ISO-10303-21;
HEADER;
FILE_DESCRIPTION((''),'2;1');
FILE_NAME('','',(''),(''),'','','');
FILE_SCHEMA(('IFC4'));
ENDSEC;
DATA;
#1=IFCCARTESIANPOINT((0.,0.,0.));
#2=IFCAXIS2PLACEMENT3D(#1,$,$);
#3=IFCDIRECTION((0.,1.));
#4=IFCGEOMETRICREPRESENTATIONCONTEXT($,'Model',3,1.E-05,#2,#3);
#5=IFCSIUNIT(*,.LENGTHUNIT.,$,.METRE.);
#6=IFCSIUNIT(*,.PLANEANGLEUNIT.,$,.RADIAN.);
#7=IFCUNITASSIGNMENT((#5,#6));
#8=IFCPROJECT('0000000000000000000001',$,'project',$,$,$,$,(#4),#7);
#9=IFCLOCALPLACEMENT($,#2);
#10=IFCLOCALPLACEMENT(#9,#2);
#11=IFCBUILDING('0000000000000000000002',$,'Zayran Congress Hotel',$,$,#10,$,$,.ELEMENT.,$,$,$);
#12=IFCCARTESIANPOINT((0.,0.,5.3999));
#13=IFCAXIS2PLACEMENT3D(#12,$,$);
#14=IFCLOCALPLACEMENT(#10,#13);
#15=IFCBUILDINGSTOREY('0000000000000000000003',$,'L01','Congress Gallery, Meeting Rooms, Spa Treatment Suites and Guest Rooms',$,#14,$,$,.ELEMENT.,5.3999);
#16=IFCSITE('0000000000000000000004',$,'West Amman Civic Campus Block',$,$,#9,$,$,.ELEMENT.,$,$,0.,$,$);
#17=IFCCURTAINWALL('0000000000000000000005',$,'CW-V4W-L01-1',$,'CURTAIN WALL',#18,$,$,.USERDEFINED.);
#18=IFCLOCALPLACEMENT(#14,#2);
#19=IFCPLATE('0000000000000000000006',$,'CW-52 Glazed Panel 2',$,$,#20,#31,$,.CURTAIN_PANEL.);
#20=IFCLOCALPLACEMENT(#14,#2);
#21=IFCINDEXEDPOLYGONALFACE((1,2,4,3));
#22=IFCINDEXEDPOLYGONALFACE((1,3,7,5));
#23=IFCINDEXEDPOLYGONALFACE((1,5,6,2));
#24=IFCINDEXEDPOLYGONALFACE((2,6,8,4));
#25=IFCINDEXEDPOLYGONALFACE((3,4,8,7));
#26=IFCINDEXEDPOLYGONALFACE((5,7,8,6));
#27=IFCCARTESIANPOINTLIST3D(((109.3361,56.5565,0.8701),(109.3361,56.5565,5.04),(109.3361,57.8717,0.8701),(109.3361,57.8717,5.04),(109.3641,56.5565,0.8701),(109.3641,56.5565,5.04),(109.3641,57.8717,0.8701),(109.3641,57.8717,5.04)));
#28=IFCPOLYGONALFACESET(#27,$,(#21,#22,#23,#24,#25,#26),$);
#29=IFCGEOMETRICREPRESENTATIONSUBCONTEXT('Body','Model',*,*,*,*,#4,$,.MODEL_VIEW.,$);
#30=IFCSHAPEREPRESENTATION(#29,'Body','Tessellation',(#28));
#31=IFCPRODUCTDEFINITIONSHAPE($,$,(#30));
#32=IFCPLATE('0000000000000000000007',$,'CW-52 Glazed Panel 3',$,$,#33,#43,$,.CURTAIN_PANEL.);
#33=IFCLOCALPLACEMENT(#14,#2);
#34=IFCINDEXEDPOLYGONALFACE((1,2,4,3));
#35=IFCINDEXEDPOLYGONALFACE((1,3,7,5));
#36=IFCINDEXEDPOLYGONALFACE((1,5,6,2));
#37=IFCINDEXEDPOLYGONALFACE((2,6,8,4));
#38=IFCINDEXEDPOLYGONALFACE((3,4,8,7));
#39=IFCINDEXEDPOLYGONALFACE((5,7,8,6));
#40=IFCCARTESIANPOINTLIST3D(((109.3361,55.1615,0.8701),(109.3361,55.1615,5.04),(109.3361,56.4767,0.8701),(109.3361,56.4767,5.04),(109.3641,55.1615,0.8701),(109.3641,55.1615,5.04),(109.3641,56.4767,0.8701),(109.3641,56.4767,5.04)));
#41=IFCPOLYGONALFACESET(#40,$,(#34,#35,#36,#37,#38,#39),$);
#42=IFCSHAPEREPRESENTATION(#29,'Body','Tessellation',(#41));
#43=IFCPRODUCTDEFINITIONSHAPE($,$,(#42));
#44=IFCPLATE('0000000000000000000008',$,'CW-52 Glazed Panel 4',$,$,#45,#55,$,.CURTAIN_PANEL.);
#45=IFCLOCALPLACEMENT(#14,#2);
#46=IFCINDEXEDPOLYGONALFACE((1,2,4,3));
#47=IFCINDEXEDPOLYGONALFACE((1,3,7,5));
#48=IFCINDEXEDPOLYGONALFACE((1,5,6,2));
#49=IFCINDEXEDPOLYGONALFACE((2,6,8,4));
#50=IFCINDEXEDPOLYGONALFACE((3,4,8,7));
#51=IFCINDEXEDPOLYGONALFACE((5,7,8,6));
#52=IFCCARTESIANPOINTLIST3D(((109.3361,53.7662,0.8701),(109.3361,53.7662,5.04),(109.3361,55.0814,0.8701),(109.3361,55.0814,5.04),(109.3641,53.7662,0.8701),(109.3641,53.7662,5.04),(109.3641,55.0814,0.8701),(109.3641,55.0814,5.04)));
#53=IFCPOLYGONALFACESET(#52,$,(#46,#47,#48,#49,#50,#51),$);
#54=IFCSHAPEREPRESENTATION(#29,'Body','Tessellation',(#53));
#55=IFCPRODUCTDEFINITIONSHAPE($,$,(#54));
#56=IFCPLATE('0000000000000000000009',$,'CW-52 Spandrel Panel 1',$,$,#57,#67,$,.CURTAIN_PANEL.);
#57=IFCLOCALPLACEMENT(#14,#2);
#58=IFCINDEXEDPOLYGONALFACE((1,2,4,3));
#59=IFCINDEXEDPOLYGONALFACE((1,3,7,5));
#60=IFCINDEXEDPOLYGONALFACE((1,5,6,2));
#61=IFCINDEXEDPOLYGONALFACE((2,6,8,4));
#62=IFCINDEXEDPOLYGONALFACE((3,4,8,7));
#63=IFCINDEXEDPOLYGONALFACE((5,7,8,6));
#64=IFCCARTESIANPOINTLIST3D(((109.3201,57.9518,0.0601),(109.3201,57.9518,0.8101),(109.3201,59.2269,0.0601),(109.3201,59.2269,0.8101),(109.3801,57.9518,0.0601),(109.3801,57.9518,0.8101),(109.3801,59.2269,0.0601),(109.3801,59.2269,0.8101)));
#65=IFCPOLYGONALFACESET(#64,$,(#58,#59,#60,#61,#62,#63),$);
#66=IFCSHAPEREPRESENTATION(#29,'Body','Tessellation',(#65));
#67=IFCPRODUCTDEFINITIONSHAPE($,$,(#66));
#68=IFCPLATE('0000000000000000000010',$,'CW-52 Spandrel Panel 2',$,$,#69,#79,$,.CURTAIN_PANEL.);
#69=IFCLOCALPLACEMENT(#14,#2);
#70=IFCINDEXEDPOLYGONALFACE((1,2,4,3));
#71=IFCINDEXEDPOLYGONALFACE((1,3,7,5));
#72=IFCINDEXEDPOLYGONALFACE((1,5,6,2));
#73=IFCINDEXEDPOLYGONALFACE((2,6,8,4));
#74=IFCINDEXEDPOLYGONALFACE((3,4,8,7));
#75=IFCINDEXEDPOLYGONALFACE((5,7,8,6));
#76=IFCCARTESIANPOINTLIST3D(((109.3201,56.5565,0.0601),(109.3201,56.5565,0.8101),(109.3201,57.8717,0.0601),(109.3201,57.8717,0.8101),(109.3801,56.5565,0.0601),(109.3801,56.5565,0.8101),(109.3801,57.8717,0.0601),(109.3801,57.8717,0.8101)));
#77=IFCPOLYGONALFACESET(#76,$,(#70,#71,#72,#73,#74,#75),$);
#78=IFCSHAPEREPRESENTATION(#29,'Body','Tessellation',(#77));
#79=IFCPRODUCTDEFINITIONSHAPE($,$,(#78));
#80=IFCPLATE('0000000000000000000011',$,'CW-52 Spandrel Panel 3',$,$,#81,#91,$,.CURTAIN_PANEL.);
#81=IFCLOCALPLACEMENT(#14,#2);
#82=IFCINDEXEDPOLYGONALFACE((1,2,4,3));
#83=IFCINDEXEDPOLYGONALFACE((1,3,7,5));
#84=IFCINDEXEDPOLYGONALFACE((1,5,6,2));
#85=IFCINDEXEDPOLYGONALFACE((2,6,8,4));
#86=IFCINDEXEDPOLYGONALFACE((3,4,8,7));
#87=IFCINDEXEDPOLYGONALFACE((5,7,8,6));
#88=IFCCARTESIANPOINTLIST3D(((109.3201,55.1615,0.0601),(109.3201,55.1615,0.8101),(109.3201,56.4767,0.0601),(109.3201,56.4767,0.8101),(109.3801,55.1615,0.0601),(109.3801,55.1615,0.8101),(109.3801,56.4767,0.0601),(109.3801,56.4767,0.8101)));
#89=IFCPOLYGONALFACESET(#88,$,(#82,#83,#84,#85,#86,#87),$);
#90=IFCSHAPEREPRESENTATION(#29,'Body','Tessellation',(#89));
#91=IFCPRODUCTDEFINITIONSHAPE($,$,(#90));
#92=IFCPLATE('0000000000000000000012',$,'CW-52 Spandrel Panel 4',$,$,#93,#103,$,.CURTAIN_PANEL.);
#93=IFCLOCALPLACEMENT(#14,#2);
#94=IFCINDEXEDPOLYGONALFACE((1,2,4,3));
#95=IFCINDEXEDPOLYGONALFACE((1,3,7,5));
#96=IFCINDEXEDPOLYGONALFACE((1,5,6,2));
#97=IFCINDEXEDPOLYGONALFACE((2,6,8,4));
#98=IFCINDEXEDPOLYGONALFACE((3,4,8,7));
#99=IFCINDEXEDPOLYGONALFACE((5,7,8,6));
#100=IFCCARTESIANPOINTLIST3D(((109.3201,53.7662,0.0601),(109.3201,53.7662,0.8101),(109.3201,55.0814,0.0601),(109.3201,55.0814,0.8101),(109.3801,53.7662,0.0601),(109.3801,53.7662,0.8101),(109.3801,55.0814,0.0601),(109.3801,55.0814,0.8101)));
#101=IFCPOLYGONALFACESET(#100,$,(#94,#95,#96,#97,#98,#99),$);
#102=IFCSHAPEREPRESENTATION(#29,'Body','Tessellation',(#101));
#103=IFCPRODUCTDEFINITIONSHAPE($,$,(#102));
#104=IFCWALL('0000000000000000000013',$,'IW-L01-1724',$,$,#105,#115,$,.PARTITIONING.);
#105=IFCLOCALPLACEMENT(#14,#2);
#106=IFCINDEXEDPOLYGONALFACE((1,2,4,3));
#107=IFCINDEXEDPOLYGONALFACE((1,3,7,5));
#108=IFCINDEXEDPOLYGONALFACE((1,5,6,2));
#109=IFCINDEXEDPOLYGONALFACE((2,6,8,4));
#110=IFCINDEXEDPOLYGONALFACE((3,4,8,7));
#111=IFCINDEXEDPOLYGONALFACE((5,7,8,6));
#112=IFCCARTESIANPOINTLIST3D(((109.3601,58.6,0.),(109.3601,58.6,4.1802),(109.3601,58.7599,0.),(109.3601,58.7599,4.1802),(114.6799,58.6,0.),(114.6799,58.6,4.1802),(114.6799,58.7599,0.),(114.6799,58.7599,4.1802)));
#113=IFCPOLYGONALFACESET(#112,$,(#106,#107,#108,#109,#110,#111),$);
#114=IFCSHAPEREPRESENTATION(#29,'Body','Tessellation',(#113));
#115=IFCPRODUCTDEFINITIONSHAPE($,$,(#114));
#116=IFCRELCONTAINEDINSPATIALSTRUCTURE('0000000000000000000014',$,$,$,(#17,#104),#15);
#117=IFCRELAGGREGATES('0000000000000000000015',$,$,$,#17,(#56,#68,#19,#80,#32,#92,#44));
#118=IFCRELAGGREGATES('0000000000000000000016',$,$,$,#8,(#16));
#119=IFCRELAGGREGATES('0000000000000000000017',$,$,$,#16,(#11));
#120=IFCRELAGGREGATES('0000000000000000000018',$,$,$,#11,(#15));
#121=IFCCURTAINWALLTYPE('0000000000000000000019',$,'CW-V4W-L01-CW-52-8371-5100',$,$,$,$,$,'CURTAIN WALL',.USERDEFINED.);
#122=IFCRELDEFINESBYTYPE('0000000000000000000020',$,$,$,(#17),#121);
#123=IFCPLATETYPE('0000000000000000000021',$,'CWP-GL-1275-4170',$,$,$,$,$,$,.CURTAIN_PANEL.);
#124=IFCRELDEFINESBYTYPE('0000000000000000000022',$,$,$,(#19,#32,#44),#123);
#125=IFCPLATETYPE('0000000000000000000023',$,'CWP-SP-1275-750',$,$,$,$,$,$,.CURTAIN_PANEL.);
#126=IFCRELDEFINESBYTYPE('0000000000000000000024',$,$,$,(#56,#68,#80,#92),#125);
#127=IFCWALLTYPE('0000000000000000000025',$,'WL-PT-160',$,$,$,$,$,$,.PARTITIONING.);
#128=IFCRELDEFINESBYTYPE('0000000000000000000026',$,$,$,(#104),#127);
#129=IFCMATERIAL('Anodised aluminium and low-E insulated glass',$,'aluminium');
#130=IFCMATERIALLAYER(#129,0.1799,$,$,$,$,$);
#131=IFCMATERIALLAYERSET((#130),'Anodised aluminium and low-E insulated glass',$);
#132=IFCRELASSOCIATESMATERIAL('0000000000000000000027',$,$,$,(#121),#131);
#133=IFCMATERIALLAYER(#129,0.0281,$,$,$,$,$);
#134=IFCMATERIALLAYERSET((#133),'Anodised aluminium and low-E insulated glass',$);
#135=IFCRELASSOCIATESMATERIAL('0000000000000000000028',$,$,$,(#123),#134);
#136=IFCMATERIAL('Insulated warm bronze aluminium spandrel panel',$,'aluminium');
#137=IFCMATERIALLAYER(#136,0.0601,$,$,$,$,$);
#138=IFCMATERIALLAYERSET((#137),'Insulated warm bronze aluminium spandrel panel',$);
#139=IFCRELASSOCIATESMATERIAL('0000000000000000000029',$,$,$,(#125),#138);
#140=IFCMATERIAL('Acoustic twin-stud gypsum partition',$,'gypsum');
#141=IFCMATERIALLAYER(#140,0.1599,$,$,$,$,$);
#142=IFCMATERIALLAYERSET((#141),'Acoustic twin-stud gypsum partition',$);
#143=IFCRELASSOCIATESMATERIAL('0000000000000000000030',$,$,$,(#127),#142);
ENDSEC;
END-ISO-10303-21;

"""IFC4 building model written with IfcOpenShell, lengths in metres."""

from ifc_helpers import new_model, si_unit, direction, frame, frame_2d, origin, origin_2d, place, context, subcontext, project, spatial, rectangle, extrude, material, layer, layer_set, type_object, element, aggregate, save


model = new_model("IFC4")

# Units and contexts
model_context = context("Model", 3, precision=1e-05, world=origin(), true_north=direction((0.0, 1.0)))
body_context = subcontext(model_context, "Body", "Model", "MODEL_VIEW")
ifc_project = project(units=[si_unit("LENGTHUNIT", "METRE"), si_unit("PLANEANGLEUNIT", "RADIAN")], contexts=[model_context])

# Site, building, storey
site_placement = place(None, origin())
site = spatial("IfcSite", under=ifc_project, at=site_placement, Name="West Amman Civic Campus Block", CompositionType="ELEMENT", RefElevation=0.0)
building_placement = place(site_placement, origin())
building = spatial("IfcBuilding", under=site, at=building_placement, Name="Zayran Congress Hotel", CompositionType="ELEMENT")
storey_placement = place(building_placement, frame((0.0, 0.0, 5.3999)))
storey = spatial("IfcBuildingStorey", under=building, at=storey_placement, Name="L01", Description="Congress Gallery, Meeting Rooms, Spa Treatment Suites and Guest Rooms", CompositionType="ELEMENT", Elevation=5.3999)

# Curtain wall
ifc_material_1 = material(Name="Anodised aluminium and low-E insulated glass", Category="aluminium")
ifc_layer_1 = layer(ifc_material_1, 0.1799)
ifc_layer_set_1 = layer_set([ifc_layer_1], Name="Anodised aluminium and low-E insulated glass")
curtain_wall_type_1 = type_object("IfcCurtainWallType", Name="CW-V4W-L01-CW-52-8371-5100", ElementType="CURTAIN WALL", PredefinedType="USERDEFINED", material=ifc_layer_set_1)
curtain_wall_1_placement = place(storey_placement, origin())
curtain_wall_1 = element("IfcCurtainWall", 1, at=curtain_wall_1_placement, inside=storey, type_object=curtain_wall_type_1, Name="CW-V4W-L01-1", ObjectType="CURTAIN WALL", PredefinedType="USERDEFINED")

# Plates
ifc_layer_2 = layer(ifc_material_1, 0.0281)
ifc_layer_set_2 = layer_set([ifc_layer_2], Name="Anodised aluminium and low-E insulated glass")
plate_type_1 = type_object("IfcPlateType", Name="CWP-GL-1275-4170", PredefinedType="CURTAIN_PANEL", material=ifc_layer_set_2)
plate_1_placement = place(storey_placement, frame((109.3501, 57.2141, 0.8701), z_axis=(0.0, 0.0, 1.0), x_axis=(0.0, 1.0, 0.0)))
plate_1 = element("IfcPlate", 2, at=plate_1_placement, type_object=plate_type_1, Name="CW-52 Glazed Panel 2", PredefinedType="CURTAIN_PANEL", context=body_context, shape_type="SweptSolid", body=[
    extrude(rectangle(XDim=1.3152, YDim=0.0281, at=origin_2d()), origin(), (0.0, 0.0, 1.0), 4.1699),
])
plate_2_placement = place(storey_placement, frame((109.3501, 55.8191, 0.8701), z_axis=(0.0, 0.0, 1.0), x_axis=(0.0, 1.0, 0.0)))
plate_2 = element("IfcPlate", 3, at=plate_2_placement, type_object=plate_type_1, Name="CW-52 Glazed Panel 3", PredefinedType="CURTAIN_PANEL", context=body_context, shape_type="SweptSolid", body=[
    extrude(rectangle(XDim=1.3152, YDim=0.0281, at=origin_2d()), origin(), (0.0, 0.0, 1.0), 4.1699),
])
plate_3_placement = place(storey_placement, frame((109.3501, 54.4238, 0.8701), z_axis=(0.0, 0.0, 1.0), x_axis=(0.0, 1.0, 0.0)))
plate_3 = element("IfcPlate", 4, at=plate_3_placement, type_object=plate_type_1, Name="CW-52 Glazed Panel 4", PredefinedType="CURTAIN_PANEL", context=body_context, shape_type="SweptSolid", body=[
    extrude(rectangle(XDim=1.3152, YDim=0.0281, at=origin_2d()), origin(), (0.0, 0.0, 1.0), 4.1699),
])
ifc_material_2 = material(Name="Insulated warm bronze aluminium spandrel panel", Category="aluminium")
ifc_layer_3 = layer(ifc_material_2, 0.0601)
ifc_layer_set_3 = layer_set([ifc_layer_3], Name="Insulated warm bronze aluminium spandrel panel")
plate_type_2 = type_object("IfcPlateType", Name="CWP-SP-1275-750", PredefinedType="CURTAIN_PANEL", material=ifc_layer_set_3)
plate_4_placement = place(storey_placement, frame((109.3501, 58.5894, 0.0601), z_axis=(0.0, 0.0, 1.0), x_axis=(0.0, 1.0, 0.0)))
plate_4 = element("IfcPlate", 5, at=plate_4_placement, type_object=plate_type_2, Name="CW-52 Spandrel Panel 1", PredefinedType="CURTAIN_PANEL", context=body_context, shape_type="SweptSolid", body=[
    extrude(rectangle(XDim=1.2751, YDim=0.0601, at=origin_2d()), origin(), (0.0, 0.0, 1.0), 0.75),
])
plate_5_placement = place(storey_placement, frame((109.3501, 57.2141, 0.0601), z_axis=(0.0, 0.0, 1.0), x_axis=(0.0, 1.0, 0.0)))
plate_5 = element("IfcPlate", 6, at=plate_5_placement, type_object=plate_type_2, Name="CW-52 Spandrel Panel 2", PredefinedType="CURTAIN_PANEL", context=body_context, shape_type="SweptSolid", body=[
    extrude(rectangle(XDim=1.3152, YDim=0.0601, at=origin_2d()), origin(), (0.0, 0.0, 1.0), 0.75),
])
plate_6_placement = place(storey_placement, frame((109.3501, 55.8191, 0.0601), z_axis=(0.0, 0.0, 1.0), x_axis=(0.0, 1.0, 0.0)))
plate_6 = element("IfcPlate", 7, at=plate_6_placement, type_object=plate_type_2, Name="CW-52 Spandrel Panel 3", PredefinedType="CURTAIN_PANEL", context=body_context, shape_type="SweptSolid", body=[
    extrude(rectangle(XDim=1.3152, YDim=0.0601, at=origin_2d()), origin(), (0.0, 0.0, 1.0), 0.75),
])
plate_7_placement = place(storey_placement, frame((109.3501, 54.4238, 0.0601), z_axis=(0.0, 0.0, 1.0), x_axis=(0.0, 1.0, 0.0)))
plate_7 = element("IfcPlate", 8, at=plate_7_placement, type_object=plate_type_2, Name="CW-52 Spandrel Panel 4", PredefinedType="CURTAIN_PANEL", context=body_context, shape_type="SweptSolid", body=[
    extrude(rectangle(XDim=1.3152, YDim=0.0601, at=origin_2d()), origin(), (0.0, 0.0, 1.0), 0.75),
])
aggregate(curtain_wall_1, [plate_4, plate_5, plate_1, plate_6, plate_2, plate_7, plate_3])

# Wall
ifc_material_3 = material(Name="Acoustic twin-stud gypsum partition", Category="gypsum")
ifc_layer_4 = layer(ifc_material_3, 0.1599)
ifc_layer_set_4 = layer_set([ifc_layer_4], Name="Acoustic twin-stud gypsum partition")
wall_type = type_object("IfcWallType", Name="WL-PT-160", PredefinedType="PARTITIONING", material=ifc_layer_set_4)
wall_placement = place(storey_placement, frame((109.3601, 58.6799, 0.0), z_axis=(0.0, 0.0, 1.0), x_axis=(1.0, 0.0, 0.0)))
element("IfcWall", 9, at=wall_placement, inside=storey, type_object=wall_type, Name="IW-L01-1724", PredefinedType="PARTITIONING", context=body_context, shape_type="SweptSolid", body=[
    extrude(rectangle(XDim=5.3198, YDim=0.1599, at=frame_2d((2.6599, 0.0))), origin(), (0.0, 0.0, 1.0), 4.1802),
])

save(model, "model.ifc")
